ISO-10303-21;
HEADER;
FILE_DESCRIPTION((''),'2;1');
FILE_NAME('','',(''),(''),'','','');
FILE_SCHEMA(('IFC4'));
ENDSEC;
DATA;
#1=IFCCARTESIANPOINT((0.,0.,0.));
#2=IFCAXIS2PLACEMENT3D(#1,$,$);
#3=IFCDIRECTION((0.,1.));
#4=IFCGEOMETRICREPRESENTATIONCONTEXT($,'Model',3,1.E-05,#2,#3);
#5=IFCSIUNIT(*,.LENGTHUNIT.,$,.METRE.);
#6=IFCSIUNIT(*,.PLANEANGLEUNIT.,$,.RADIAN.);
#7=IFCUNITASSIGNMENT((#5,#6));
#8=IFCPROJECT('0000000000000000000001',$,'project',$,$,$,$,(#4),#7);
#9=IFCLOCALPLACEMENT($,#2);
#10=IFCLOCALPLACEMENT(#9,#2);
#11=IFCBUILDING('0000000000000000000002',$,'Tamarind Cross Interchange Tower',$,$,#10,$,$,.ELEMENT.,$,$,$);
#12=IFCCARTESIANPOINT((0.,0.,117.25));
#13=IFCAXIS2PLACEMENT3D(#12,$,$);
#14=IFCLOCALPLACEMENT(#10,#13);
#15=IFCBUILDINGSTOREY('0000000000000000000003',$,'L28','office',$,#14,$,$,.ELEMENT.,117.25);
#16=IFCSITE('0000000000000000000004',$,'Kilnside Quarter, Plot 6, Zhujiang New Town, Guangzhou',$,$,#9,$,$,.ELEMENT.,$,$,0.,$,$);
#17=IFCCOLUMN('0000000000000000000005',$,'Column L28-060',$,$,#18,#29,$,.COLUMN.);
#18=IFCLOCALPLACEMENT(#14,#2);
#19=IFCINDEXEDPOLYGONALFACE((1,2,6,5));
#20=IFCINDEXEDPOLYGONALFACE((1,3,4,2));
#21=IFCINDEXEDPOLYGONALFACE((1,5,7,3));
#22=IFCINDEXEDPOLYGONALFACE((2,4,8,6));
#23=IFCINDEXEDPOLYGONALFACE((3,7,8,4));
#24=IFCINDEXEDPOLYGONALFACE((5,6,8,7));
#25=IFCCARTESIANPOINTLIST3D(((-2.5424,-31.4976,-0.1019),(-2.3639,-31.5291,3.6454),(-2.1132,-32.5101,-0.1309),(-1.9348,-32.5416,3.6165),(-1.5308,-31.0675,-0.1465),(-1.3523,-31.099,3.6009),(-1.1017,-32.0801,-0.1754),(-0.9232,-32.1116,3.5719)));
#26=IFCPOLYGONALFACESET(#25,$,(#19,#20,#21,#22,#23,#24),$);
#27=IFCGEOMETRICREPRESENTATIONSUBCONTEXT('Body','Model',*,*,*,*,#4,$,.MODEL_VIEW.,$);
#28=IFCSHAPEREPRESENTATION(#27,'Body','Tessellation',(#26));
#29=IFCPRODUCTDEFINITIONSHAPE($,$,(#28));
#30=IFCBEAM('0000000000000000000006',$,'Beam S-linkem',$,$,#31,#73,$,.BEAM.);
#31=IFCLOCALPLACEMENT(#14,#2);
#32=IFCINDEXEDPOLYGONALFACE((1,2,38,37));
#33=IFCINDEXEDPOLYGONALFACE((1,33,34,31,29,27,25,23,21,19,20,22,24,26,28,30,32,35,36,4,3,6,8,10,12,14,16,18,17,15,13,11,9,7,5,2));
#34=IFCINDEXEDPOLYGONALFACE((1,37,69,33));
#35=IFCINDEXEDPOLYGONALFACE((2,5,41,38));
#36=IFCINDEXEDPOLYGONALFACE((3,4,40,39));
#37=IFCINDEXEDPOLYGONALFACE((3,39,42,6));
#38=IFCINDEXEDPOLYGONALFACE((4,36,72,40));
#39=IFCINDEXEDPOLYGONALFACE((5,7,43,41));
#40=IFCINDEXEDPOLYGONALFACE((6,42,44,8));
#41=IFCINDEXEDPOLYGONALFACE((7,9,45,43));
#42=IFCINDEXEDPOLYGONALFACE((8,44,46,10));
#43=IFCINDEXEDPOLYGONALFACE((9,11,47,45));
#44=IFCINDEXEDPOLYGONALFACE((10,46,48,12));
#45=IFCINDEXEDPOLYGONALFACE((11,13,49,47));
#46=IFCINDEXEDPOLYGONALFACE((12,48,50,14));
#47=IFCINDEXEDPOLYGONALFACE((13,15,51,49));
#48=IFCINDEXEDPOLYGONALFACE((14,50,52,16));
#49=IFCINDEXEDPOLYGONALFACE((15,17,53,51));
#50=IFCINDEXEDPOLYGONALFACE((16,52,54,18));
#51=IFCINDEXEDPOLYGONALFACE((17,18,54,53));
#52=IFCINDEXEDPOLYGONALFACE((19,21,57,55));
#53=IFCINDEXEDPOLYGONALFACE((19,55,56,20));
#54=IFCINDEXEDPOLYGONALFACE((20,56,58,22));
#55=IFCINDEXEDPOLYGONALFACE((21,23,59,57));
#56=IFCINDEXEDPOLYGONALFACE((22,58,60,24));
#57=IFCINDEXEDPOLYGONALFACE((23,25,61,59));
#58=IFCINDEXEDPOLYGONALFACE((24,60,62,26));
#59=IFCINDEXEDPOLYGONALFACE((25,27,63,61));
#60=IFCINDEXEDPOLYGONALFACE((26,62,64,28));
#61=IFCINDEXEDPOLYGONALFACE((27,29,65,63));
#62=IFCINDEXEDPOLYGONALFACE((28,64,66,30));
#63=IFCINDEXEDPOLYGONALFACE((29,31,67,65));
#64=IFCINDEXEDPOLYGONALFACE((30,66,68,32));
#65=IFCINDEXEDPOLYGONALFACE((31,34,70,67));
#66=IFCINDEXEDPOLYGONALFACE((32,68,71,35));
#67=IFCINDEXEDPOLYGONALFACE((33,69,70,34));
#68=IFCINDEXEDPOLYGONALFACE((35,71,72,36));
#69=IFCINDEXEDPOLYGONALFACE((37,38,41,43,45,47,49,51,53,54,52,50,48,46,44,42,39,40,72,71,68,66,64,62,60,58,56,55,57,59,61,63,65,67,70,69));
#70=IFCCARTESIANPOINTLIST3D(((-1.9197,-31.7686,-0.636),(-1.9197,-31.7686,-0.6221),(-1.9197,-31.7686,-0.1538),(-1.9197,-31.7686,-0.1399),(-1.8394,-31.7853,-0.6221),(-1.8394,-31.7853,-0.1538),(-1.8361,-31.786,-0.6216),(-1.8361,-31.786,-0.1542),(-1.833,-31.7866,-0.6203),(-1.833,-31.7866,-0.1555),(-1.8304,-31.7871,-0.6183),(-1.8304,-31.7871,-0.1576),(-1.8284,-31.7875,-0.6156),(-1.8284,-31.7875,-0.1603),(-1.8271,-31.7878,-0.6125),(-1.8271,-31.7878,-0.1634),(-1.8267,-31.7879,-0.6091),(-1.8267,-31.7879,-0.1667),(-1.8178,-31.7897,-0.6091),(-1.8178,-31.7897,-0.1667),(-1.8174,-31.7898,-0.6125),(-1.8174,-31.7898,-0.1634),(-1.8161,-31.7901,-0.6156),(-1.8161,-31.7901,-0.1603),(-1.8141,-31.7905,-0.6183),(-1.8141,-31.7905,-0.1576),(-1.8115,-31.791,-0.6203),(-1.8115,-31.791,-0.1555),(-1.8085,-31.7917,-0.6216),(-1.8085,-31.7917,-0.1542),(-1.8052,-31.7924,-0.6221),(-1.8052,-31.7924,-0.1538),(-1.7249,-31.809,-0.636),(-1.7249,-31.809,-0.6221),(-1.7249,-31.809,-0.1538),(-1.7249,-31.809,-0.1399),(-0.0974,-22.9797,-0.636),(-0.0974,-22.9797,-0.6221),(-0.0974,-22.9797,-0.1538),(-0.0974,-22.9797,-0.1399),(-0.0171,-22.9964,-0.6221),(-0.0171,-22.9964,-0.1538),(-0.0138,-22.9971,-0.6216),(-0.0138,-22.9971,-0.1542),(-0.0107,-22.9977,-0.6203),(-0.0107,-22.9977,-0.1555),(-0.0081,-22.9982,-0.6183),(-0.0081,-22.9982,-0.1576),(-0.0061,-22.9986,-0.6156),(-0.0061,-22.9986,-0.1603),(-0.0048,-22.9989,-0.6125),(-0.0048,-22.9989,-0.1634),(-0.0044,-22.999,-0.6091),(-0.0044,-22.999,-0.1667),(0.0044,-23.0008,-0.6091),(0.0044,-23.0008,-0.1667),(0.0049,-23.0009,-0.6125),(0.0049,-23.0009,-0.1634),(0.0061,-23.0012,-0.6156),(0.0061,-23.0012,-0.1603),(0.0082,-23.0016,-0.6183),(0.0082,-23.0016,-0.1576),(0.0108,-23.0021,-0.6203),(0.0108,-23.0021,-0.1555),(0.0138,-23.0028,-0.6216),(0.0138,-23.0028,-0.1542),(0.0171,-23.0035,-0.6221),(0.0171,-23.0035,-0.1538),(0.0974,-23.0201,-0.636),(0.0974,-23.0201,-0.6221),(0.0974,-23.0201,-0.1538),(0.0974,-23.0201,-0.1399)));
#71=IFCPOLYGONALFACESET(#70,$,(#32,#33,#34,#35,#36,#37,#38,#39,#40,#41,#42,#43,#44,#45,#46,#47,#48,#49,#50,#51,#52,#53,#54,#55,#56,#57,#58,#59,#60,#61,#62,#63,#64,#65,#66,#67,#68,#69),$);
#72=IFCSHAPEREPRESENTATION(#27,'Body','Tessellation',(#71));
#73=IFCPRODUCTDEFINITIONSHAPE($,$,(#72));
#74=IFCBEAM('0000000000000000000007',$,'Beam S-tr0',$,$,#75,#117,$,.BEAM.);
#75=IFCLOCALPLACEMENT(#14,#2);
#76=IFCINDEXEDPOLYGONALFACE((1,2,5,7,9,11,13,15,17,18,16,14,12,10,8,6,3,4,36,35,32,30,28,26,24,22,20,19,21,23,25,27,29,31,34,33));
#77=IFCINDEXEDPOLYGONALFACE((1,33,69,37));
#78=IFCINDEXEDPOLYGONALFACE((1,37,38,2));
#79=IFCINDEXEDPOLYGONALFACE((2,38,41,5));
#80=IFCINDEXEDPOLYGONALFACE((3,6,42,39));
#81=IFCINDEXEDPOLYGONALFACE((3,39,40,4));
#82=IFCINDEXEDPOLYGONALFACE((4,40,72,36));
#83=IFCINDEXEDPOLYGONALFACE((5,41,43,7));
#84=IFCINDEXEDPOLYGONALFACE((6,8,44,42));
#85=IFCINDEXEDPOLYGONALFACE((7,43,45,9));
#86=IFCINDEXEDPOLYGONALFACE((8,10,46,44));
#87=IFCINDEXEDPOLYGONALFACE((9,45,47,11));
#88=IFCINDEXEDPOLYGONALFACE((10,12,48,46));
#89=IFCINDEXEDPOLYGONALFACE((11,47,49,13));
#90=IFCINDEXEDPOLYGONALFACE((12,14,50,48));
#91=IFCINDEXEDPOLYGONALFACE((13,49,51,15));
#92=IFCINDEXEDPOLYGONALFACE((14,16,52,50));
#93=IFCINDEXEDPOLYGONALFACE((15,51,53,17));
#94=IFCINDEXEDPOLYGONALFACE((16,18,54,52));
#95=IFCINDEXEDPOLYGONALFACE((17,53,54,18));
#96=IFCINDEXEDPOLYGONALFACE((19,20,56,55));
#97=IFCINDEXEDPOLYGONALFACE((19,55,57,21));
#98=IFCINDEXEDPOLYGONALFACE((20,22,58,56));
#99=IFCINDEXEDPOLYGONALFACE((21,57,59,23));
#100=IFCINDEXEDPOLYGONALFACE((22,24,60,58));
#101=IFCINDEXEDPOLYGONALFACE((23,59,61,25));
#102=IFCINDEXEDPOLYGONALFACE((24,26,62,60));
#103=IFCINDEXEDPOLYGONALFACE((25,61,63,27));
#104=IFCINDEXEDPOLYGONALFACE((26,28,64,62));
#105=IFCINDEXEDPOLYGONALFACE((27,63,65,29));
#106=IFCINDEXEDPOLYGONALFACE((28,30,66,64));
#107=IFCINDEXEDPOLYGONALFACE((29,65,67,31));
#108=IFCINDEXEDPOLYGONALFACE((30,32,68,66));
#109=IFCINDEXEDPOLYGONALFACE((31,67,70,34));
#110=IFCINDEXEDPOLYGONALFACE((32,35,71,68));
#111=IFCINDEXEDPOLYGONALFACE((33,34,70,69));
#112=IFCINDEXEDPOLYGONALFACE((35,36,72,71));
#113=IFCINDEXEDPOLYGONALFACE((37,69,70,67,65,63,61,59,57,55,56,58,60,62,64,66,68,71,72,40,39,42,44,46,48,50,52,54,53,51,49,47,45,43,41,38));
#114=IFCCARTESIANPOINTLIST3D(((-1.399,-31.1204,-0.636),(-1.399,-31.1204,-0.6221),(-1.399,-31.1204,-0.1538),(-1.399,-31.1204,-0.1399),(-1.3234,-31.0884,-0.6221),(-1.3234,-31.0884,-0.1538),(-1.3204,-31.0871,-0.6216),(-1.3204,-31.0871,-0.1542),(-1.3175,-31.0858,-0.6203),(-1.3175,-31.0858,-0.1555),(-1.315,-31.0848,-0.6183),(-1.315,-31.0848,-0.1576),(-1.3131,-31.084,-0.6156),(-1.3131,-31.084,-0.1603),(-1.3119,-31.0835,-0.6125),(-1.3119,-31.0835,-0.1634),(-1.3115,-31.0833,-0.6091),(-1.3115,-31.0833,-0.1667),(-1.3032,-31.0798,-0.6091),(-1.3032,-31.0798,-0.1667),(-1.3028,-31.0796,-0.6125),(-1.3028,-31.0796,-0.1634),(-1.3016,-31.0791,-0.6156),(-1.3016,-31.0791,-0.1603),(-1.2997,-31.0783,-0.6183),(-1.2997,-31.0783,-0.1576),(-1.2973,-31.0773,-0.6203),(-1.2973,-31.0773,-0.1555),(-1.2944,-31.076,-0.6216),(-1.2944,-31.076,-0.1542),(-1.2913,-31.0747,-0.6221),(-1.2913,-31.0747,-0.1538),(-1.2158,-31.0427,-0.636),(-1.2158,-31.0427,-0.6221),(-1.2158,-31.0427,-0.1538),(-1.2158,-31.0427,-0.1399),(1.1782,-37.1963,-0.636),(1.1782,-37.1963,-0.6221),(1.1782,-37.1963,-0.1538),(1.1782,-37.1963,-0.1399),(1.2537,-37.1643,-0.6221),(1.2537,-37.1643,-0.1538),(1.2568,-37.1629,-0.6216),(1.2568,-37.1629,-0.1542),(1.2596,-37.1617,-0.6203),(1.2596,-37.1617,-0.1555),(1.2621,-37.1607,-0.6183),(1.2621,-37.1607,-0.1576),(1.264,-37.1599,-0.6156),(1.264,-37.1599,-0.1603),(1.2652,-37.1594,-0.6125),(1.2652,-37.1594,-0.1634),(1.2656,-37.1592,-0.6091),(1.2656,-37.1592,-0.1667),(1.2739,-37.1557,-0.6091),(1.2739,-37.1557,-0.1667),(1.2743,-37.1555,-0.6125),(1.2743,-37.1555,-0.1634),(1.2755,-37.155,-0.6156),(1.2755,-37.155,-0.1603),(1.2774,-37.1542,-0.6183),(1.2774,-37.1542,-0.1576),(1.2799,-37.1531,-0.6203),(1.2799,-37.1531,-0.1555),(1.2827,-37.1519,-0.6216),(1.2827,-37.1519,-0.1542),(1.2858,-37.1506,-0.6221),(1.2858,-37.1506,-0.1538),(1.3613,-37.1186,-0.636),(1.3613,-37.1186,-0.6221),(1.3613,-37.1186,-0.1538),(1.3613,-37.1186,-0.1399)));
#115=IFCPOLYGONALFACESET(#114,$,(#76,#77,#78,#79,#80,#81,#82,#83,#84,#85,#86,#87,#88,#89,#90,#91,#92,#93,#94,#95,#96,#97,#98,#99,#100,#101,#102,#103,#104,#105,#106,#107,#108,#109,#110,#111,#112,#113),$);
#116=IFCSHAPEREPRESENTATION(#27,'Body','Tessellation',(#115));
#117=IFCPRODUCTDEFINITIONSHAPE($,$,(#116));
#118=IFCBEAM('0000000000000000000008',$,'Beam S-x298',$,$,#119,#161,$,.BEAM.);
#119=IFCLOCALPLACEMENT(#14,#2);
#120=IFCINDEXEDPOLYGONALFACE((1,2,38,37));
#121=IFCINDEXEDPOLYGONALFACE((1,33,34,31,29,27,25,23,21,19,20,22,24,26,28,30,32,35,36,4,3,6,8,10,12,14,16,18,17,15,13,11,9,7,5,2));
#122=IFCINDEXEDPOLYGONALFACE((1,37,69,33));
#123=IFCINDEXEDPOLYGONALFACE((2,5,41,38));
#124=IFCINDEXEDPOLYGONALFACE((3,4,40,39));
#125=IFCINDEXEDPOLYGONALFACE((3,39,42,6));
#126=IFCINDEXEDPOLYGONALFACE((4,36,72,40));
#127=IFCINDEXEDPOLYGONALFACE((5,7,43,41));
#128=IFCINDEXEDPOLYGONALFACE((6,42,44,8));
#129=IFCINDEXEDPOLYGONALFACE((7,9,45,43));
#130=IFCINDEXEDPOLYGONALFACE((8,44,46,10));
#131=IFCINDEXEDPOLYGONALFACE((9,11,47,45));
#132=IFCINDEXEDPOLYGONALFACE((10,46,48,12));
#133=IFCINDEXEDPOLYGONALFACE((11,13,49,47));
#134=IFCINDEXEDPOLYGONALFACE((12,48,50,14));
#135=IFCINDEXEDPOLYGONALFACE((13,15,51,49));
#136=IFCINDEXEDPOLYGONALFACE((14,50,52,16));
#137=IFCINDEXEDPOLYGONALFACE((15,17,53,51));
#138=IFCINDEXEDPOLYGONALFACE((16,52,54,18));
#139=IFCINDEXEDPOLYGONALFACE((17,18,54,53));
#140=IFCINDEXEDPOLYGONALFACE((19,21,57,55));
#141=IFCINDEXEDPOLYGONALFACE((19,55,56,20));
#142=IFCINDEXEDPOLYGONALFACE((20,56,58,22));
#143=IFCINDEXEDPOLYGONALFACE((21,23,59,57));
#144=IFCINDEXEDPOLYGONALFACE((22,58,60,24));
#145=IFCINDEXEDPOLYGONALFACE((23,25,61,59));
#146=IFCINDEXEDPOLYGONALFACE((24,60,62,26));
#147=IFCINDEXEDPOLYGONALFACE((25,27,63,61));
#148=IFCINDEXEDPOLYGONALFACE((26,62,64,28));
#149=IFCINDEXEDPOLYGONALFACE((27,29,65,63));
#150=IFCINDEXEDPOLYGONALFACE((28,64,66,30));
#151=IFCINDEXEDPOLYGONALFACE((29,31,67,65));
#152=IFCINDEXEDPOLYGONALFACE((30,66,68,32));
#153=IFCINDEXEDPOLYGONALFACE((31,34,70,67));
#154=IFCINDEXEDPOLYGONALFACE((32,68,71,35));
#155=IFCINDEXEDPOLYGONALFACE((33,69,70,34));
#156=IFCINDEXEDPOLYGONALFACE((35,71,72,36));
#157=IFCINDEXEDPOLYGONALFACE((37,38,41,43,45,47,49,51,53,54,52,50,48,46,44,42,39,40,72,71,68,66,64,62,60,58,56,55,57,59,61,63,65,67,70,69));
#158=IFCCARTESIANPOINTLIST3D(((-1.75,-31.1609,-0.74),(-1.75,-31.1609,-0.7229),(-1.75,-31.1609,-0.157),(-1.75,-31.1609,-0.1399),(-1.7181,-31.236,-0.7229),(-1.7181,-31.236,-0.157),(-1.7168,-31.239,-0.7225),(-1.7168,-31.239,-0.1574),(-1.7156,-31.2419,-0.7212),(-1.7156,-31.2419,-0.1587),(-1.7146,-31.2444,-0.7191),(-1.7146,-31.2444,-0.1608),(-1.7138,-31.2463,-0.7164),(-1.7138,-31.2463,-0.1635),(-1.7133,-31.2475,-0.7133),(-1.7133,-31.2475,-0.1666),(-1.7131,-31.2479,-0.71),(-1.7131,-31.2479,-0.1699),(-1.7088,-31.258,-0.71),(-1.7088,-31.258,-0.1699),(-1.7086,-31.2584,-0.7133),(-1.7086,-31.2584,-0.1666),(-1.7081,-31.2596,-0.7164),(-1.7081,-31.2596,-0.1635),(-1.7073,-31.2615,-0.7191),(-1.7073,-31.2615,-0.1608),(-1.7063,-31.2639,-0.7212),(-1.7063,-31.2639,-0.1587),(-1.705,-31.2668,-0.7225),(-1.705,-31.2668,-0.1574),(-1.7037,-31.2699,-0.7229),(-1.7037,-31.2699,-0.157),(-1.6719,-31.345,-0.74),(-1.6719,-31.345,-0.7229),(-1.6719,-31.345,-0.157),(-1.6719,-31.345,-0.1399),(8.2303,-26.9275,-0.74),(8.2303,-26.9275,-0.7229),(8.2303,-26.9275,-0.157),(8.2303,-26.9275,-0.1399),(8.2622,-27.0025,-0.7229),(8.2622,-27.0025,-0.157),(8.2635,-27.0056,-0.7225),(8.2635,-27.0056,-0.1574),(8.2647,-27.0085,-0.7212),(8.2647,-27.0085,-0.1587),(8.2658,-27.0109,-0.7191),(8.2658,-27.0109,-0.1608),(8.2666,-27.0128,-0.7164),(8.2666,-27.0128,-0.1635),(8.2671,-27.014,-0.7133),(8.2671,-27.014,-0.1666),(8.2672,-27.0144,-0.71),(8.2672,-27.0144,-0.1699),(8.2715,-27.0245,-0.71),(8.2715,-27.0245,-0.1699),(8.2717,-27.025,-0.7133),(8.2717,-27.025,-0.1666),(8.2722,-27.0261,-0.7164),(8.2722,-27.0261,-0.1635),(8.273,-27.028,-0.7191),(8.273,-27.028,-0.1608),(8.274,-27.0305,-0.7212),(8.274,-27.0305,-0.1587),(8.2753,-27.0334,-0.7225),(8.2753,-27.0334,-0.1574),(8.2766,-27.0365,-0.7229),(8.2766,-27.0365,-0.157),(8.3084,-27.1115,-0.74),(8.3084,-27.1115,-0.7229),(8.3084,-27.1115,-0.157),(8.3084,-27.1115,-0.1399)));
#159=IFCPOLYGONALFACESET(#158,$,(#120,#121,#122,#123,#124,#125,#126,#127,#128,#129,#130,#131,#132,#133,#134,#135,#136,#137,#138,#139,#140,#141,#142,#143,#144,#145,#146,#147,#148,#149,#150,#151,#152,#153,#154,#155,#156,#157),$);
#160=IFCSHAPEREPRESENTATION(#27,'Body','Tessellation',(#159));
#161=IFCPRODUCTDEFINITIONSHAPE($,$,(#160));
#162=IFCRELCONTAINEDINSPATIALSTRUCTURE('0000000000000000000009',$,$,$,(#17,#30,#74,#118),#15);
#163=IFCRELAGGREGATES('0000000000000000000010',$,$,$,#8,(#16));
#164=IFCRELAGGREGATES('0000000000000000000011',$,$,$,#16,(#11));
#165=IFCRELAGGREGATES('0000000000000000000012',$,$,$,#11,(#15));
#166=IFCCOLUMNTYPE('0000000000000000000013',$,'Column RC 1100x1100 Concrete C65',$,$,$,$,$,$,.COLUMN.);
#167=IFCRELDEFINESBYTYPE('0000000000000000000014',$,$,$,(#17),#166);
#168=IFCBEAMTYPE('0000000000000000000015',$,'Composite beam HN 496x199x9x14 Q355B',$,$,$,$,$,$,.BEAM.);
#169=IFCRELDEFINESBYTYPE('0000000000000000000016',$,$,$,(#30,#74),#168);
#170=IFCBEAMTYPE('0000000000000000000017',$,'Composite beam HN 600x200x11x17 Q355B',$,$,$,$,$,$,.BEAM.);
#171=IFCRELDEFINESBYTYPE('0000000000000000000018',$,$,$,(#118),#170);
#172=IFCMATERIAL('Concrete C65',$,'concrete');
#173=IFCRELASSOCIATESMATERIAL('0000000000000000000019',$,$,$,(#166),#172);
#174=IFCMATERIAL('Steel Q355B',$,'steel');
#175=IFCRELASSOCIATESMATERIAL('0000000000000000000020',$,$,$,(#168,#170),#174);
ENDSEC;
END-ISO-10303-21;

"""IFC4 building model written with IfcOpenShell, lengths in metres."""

from ifc_helpers import new_model, si_unit, direction, frame, origin, origin_2d, place, context, subcontext, project, spatial, rectangle, i_section, extrude, material, material_profile, profile_set, type_object, element, save


model = new_model("IFC4")

# Units and contexts
model_context = context("Model", 3, precision=1e-05, world=origin(), true_north=direction((0.0, 1.0)))
body_context = subcontext(model_context, "Body", "Model", "MODEL_VIEW")
ifc_project = project(units=[si_unit("LENGTHUNIT", "METRE"), si_unit("PLANEANGLEUNIT", "RADIAN")], contexts=[model_context])

# Site, building, storey
site_placement = place(None, origin())
site = spatial("IfcSite", under=ifc_project, at=site_placement, Name="Kilnside Quarter, Plot 6, Zhujiang New Town, Guangzhou", CompositionType="ELEMENT", RefElevation=0.0)
building_placement = place(site_placement, origin())
building = spatial("IfcBuilding", under=site, at=building_placement, Name="Tamarind Cross Interchange Tower", CompositionType="ELEMENT")
storey_placement = place(building_placement, frame((0.0, 0.0, 117.25)))
storey = spatial("IfcBuildingStorey", under=building, at=storey_placement, Name="L28", Description="office", CompositionType="ELEMENT", Elevation=117.25)

# Column
ifc_material_1 = material(Name="Concrete C65", Category="concrete")
ifc_material_profile_1 = material_profile(ifc_material_1, rectangle(XDim=1.1001, YDim=1.1001, at=origin_2d()), Name="RC 1100x1100")
ifc_profile_set_1 = profile_set([ifc_material_profile_1], Name="Concrete C65")
column_type = type_object("IfcColumnType", Name="Column RC 1100x1100 Concrete C65", PredefinedType="COLUMN", material=ifc_profile_set_1)
column_placement = place(storey_placement, frame((-1.822, -31.7888, -0.1387), z_axis=(0.04757, -0.008395, 0.998833), x_axis=(-0.390106, 0.920394, 0.026314)))
element("IfcColumn", 1, at=column_placement, inside=storey, type_object=column_type, Name="Column L28-060", PredefinedType="COLUMN", context=body_context, shape_type="SweptSolid", body=[
    extrude(rectangle(XDim=1.1001, YDim=1.1001, at=origin_2d()), origin(), (0.0, 0.0, 1.0), 3.7517),
])

# Beams
ifc_material_2 = material(Name="Steel Q355B", Category="steel")
ifc_material_profile_2 = material_profile(ifc_material_2, i_section(OverallWidth=0.199, OverallDepth=0.4961, WebThickness=0.009, FlangeThickness=0.0139, FilletRadius=0.0129, at=origin_2d()), Name="HN 496x199x9x14")
ifc_profile_set_2 = profile_set([ifc_material_profile_2], Name="Steel Q355B")
beam_type_1 = type_object("IfcBeamType", Name="Composite beam HN 496x199x9x14 Q355B", PredefinedType="BEAM", material=ifc_profile_set_2)
beam_1_placement = place(storey_placement, frame((-1.8223, -31.7888, -0.3879), z_axis=(0.203021, 0.979174, 0.0), x_axis=(-0.979174, 0.203021, 0.0)))
element("IfcBeam", 2, at=beam_1_placement, inside=storey, type_object=beam_type_1, Name="Beam S-linkem", PredefinedType="BEAM", context=body_context, shape_type="SweptSolid", body=[
    extrude(i_section(OverallWidth=0.199, OverallDepth=0.4961, WebThickness=0.009, FlangeThickness=0.0139, FilletRadius=0.0129, at=origin_2d()), origin(), (0.0, 0.0, 1.0), 8.9758),
])
beam_2_placement = place(storey_placement, frame((-1.3074, -31.0815, -0.3879), z_axis=(0.390483, -0.92061, 0.0), x_axis=(0.92061, 0.390483, 0.0)))
element("IfcBeam", 3, at=beam_2_placement, inside=storey, type_object=beam_type_1, Name="Beam S-tr0", PredefinedType="BEAM", context=body_context, shape_type="SweptSolid", body=[
    extrude(i_section(OverallWidth=0.199, OverallDepth=0.4961, WebThickness=0.009, FlangeThickness=0.0139, FilletRadius=0.0129, at=origin_2d()), origin(), (0.0, 0.0, 1.0), 6.5999),
])
ifc_material_profile_3 = material_profile(ifc_material_2, i_section(OverallWidth=0.2, OverallDepth=0.6001, WebThickness=0.011, FlangeThickness=0.0171, FilletRadius=0.0129, at=origin_2d()), Name="HN 600x200x11x17")
ifc_profile_set_3 = profile_set([ifc_material_profile_3], Name="Steel Q355B")
beam_type_2 = type_object("IfcBeamType", Name="Composite beam HN 600x200x11x17 Q355B", PredefinedType="BEAM", material=ifc_profile_set_3)
beam_3_placement = place(storey_placement, frame((-1.7109, -31.2529, -0.4399), z_axis=(0.920603, 0.3905, 0.0), x_axis=(-0.3905, 0.920603, 0.0)))
element("IfcBeam", 4, at=beam_3_placement, inside=storey, type_object=beam_type_2, Name="Beam S-x298", PredefinedType="BEAM", context=body_context, shape_type="SweptSolid", body=[
    extrude(i_section(OverallWidth=0.2, OverallDepth=0.6001, WebThickness=0.011, FlangeThickness=0.0171, FilletRadius=0.0129, at=origin_2d()), origin(), (0.0, 0.0, 1.0), 10.8411),
])

save(model, "model.ifc")
